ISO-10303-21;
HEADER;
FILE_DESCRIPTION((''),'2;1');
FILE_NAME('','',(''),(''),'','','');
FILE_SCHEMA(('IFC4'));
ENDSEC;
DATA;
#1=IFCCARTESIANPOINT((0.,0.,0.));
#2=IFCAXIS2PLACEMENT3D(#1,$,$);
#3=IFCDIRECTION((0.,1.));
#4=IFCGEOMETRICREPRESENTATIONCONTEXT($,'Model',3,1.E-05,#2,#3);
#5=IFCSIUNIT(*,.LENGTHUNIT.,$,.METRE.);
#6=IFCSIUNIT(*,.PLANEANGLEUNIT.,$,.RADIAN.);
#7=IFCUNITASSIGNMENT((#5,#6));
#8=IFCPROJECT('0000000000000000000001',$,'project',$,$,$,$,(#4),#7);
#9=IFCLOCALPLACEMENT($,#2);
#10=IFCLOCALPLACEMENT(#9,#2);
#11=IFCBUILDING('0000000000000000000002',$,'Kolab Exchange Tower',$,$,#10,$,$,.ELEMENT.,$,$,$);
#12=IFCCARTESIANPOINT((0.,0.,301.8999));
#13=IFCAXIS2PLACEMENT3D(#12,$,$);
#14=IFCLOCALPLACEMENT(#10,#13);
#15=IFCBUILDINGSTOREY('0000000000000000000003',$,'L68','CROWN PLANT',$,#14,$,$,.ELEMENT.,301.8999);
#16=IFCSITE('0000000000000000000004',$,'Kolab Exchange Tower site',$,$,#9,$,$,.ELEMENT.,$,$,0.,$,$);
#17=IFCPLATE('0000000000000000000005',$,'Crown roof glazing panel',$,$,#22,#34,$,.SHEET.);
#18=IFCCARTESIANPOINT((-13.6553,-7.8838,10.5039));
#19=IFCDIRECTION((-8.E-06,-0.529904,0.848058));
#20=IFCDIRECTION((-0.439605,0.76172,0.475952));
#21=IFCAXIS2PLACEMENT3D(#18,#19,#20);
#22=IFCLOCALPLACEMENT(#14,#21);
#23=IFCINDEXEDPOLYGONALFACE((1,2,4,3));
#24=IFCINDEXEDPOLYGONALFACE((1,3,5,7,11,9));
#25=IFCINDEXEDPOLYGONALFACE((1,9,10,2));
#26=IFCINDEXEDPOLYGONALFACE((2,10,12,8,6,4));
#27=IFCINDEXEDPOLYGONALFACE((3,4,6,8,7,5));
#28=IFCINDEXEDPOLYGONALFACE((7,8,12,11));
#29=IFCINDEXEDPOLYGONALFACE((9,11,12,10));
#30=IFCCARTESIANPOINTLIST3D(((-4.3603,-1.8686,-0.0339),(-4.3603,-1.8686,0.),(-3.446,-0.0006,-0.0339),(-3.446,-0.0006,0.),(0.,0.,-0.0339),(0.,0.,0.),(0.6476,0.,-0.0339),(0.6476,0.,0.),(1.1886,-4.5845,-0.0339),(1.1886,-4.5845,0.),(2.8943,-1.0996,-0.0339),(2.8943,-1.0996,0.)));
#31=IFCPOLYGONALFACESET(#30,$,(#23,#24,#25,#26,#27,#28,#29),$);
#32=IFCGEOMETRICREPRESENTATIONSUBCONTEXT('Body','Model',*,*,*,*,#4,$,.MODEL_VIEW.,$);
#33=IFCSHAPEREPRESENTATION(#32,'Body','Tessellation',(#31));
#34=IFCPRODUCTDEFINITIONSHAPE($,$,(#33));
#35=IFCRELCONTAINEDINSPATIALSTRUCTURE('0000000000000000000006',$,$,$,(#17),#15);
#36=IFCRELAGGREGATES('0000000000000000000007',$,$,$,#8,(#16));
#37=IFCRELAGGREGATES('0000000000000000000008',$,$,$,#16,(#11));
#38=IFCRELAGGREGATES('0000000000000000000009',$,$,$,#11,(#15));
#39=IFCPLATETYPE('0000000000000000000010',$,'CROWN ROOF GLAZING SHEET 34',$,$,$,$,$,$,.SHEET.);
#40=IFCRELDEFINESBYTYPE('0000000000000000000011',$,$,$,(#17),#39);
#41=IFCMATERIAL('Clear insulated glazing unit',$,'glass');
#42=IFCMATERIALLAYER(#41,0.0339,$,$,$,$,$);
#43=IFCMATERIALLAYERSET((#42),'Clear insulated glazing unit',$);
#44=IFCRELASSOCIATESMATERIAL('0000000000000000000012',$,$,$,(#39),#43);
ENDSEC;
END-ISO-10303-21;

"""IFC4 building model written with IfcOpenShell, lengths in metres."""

from ifc_helpers import new_model, si_unit, direction, frame, origin, place, context, subcontext, project, spatial, polyline, outline, extrude, material, layer, layer_set, type_object, element, save


model = new_model("IFC4")

# Units and contexts
model_context = context("Model", 3, precision=1e-05, world=origin(), true_north=direction((0.0, 1.0)))
body_context = subcontext(model_context, "Body", "Model", "MODEL_VIEW")
ifc_project = project(units=[si_unit("LENGTHUNIT", "METRE"), si_unit("PLANEANGLEUNIT", "RADIAN")], contexts=[model_context])

# Site, building, storey
site_placement = place(None, origin())
site = spatial("IfcSite", under=ifc_project, at=site_placement, Name="Kolab Exchange Tower site", CompositionType="ELEMENT", RefElevation=0.0)
building_placement = place(site_placement, origin())
building = spatial("IfcBuilding", under=site, at=building_placement, Name="Kolab Exchange Tower", CompositionType="ELEMENT")
storey_placement = place(building_placement, frame((0.0, 0.0, 301.8999)))
storey = spatial("IfcBuildingStorey", under=building, at=storey_placement, Name="L68", Description="CROWN PLANT", CompositionType="ELEMENT", Elevation=301.8999)

# Plate
ifc_material_1 = material(Name="Clear insulated glazing unit", Category="glass")
ifc_layer_1 = layer(ifc_material_1, 0.0339)
ifc_layer_set_1 = layer_set([ifc_layer_1], Name="Clear insulated glazing unit")
plate_type_1 = type_object("IfcPlateType", Name="CROWN ROOF GLAZING SHEET 34", PredefinedType="SHEET", material=ifc_layer_set_1)
plate_1_placement = place(storey_placement, frame((-13.6553, -7.8838, 10.5039), z_axis=(-0.000008, -0.529904, 0.848058), x_axis=(-0.439605, 0.76172, 0.475952)))
element("IfcPlate", 1, at=plate_1_placement, inside=storey, type_object=plate_type_1, Name="Crown roof glazing panel", PredefinedType="SHEET", context=body_context, shape_type="SweptSolid", body=[
    extrude(outline(polyline([(0.0, 0.0), (0.6476, 0.0), (2.8943, -1.0996), (1.1886, -4.5845), (-4.3603, -1.8686), (-3.446, -0.0006), (0.0, 0.0)])), origin(), (0.0, 0.0, -1.0), 0.0339),
])

save(model, "model.ifc")
